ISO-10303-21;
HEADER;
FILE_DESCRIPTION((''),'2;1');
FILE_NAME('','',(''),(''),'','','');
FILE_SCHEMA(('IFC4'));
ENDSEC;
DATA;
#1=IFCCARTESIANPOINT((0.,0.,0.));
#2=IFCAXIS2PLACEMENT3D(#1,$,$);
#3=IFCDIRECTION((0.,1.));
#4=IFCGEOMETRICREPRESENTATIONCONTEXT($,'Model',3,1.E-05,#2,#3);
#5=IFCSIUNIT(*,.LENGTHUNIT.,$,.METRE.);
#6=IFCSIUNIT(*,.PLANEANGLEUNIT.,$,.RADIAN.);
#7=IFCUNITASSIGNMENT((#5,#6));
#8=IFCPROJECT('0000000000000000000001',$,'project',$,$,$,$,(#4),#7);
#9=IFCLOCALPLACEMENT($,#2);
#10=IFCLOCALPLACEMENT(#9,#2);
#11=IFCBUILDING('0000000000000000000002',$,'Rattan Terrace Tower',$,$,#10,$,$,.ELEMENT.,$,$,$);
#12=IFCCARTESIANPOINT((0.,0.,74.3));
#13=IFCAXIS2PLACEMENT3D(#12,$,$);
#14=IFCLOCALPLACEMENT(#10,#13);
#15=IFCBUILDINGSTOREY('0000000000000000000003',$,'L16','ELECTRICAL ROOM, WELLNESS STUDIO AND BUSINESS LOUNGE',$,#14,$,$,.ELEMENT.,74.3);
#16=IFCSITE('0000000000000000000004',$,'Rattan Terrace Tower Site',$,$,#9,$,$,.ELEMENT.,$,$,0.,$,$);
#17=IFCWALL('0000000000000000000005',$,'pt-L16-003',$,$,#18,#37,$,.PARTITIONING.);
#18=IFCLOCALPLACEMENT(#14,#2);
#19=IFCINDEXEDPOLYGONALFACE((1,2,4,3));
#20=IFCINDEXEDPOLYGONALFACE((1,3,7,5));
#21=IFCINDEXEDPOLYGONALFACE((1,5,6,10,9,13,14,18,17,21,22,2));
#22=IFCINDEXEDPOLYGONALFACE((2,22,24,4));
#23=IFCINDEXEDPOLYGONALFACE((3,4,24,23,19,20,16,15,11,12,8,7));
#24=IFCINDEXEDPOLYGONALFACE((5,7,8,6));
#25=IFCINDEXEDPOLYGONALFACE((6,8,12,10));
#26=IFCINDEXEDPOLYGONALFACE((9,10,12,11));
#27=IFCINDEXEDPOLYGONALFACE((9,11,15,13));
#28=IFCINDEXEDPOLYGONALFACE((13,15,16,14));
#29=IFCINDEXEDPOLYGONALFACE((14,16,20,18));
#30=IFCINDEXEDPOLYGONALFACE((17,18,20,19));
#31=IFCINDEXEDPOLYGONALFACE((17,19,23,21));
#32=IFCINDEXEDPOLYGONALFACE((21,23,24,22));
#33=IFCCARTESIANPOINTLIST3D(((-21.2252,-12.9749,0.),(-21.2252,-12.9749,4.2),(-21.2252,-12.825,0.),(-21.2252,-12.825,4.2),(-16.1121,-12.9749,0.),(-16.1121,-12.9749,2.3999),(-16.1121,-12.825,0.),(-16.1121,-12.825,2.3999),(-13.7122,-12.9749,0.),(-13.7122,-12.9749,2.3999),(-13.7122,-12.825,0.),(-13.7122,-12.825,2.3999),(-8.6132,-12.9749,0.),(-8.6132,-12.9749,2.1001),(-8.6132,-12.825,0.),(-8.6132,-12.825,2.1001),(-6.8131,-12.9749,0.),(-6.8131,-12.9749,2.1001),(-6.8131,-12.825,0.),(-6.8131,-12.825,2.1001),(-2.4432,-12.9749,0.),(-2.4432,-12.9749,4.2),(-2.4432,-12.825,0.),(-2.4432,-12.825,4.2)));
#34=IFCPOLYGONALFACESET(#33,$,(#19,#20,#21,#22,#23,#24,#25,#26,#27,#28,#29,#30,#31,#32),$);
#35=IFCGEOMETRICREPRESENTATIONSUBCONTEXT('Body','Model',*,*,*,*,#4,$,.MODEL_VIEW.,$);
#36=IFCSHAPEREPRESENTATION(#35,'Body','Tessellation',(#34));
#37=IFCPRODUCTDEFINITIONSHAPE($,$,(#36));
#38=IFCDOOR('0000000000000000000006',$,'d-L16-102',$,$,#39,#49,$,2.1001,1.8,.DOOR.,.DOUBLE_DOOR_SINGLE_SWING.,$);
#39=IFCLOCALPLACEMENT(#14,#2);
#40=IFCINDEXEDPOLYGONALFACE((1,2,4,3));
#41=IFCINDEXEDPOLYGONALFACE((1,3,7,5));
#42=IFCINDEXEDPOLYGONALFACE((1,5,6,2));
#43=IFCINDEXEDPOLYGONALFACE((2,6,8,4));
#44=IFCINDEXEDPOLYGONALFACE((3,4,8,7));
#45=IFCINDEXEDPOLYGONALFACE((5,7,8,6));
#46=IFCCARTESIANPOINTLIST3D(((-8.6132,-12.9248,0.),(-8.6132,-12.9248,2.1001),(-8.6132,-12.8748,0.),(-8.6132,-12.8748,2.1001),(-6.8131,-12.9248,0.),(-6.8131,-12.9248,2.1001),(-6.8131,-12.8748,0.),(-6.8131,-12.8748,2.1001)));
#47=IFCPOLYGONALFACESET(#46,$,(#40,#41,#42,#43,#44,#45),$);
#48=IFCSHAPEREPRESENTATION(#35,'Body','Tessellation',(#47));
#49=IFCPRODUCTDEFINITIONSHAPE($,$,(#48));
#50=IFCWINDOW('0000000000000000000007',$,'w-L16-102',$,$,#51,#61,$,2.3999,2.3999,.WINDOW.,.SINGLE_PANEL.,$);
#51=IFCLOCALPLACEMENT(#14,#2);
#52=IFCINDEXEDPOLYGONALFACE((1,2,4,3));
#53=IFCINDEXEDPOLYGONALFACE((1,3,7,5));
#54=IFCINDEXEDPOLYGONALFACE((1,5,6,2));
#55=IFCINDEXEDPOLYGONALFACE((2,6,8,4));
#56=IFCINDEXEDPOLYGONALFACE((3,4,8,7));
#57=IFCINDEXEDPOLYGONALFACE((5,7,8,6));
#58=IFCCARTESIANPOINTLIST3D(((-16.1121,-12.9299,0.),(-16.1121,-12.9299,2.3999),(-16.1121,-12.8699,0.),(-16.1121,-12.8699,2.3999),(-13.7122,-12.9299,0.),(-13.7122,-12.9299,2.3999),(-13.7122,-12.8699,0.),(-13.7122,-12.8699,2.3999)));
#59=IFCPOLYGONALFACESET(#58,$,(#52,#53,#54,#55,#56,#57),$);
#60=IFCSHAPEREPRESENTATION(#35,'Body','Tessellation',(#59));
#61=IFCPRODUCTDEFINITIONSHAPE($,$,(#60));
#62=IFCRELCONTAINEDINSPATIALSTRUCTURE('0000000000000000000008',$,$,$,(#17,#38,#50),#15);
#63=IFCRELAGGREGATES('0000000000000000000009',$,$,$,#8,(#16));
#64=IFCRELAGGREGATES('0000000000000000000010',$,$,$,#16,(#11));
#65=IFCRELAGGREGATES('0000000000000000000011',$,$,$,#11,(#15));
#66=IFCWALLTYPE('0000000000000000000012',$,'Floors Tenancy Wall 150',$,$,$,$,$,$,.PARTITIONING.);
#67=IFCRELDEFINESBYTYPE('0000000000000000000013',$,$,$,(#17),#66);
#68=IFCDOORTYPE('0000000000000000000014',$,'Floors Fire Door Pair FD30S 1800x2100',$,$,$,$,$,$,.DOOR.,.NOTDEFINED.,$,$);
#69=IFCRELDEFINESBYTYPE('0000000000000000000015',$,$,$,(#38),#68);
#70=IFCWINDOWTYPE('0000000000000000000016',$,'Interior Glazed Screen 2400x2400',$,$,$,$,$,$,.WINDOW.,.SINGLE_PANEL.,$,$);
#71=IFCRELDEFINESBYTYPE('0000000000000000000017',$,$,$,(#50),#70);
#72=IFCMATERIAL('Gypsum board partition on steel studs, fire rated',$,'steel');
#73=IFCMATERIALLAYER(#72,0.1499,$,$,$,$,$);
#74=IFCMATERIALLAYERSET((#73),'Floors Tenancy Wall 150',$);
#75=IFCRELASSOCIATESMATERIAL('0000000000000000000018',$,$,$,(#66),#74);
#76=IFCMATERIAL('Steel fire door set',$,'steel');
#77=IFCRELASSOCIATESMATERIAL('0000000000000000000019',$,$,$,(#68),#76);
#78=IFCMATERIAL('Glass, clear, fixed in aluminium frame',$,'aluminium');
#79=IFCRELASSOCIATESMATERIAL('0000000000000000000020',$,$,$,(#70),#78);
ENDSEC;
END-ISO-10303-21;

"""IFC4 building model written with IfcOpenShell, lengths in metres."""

from ifc_helpers import new_model, si_unit, direction, frame, frame_2d, origin, place, context, subcontext, project, spatial, rectangle, extrude, material, layer, layer_set, type_object, element, fill, save


model = new_model("IFC4")

# Units and contexts
model_context = context("Model", 3, precision=1e-05, world=origin(), true_north=direction((0.0, 1.0)))
body_context = subcontext(model_context, "Body", "Model", "MODEL_VIEW")
ifc_project = project(units=[si_unit("LENGTHUNIT", "METRE"), si_unit("PLANEANGLEUNIT", "RADIAN")], contexts=[model_context])

# Site, building, storey
site_placement = place(None, origin())
site = spatial("IfcSite", under=ifc_project, at=site_placement, Name="Rattan Terrace Tower Site", CompositionType="ELEMENT", RefElevation=0.0)
building_placement = place(site_placement, origin())
building = spatial("IfcBuilding", under=site, at=building_placement, Name="Rattan Terrace Tower", CompositionType="ELEMENT")
storey_placement = place(building_placement, frame((0.0, 0.0, 74.3)))
storey = spatial("IfcBuildingStorey", under=building, at=storey_placement, Name="L16", Description="ELECTRICAL ROOM, WELLNESS STUDIO AND BUSINESS LOUNGE", CompositionType="ELEMENT", Elevation=74.3)

# Wall, openings, door, window
ifc_material_1 = material(Name="Gypsum board partition on steel studs, fire rated", Category="steel")
ifc_layer_1 = layer(ifc_material_1, 0.1499)
ifc_layer_set_1 = layer_set([ifc_layer_1], Name="Floors Tenancy Wall 150")
wall_type_1 = type_object("IfcWallType", Name="Floors Tenancy Wall 150", PredefinedType="PARTITIONING", material=ifc_layer_set_1)
wall_1_placement = place(storey_placement, frame((-2.4431, -12.8999, 0.0), z_axis=(0.0, 0.0, 1.0), x_axis=(-1.0, 0.0, 0.0)))
wall_1 = element("IfcWall", 1, at=wall_1_placement, inside=storey, type_object=wall_type_1, Name="pt-L16-003", PredefinedType="PARTITIONING", context=body_context, shape_type="SweptSolid", body=[
    extrude(rectangle(XDim=18.782, YDim=0.1499, at=frame_2d((9.3911, 0.0))), origin(), (0.0, 0.0, 1.0), 4.2),
])
opening_1_placement = place(wall_1_placement, frame((4.3701, 0.0, 0.0)))
opening_1 = element("IfcOpeningElement", 2, at=opening_1_placement, cuts=wall_1, PredefinedType="OPENING", context=body_context, shape_type="SweptSolid", body=[
    extrude(rectangle(XDim=1.8, YDim=2.1001, at=frame_2d((0.8999, 1.05))), frame((0.0, 0.0854, 0.0), z_axis=(0.0, -1.0, 0.0), x_axis=(1.0, 0.0, 0.0)), (0.0, 0.0, 1.0), 0.1709),
])
opening_2_placement = place(wall_1_placement, frame((11.269, 0.0, 0.0)))
opening_2 = element("IfcOpeningElement", 3, at=opening_2_placement, cuts=wall_1, PredefinedType="OPENING", context=body_context, shape_type="SweptSolid", body=[
    extrude(rectangle(XDim=2.3999, YDim=2.3999, at=frame_2d((1.2, 1.2))), frame((0.0, 0.0854, 0.0), z_axis=(0.0, -1.0, 0.0), x_axis=(1.0, 0.0, 0.0)), (0.0, 0.0, 1.0), 0.1709),
])
ifc_material_2 = material(Name="Steel fire door set", Category="steel")
door_type_1 = type_object("IfcDoorType", Name="Floors Fire Door Pair FD30S 1800x2100", OperationType="NOTDEFINED", PredefinedType="DOOR", material=ifc_material_2)
door_1_placement = place(opening_1_placement, origin())
door_1 = element("IfcDoor", 4, at=door_1_placement, inside=storey, type_object=door_type_1, Name="d-L16-102", OperationType="DOUBLE_DOOR_SINGLE_SWING", OverallHeight=2.1001, OverallWidth=1.8, PredefinedType="DOOR", context=body_context, shape_type="SweptSolid", body=[
    extrude(rectangle(XDim=1.8, YDim=2.1001, at=frame_2d((0.8999, 1.05))), frame((0.0, 0.0249, 0.0), z_axis=(0.0, -1.0, 0.0), x_axis=(1.0, 0.0, 0.0)), (0.0, 0.0, 1.0), 0.05),
])
fill(opening_1, door_1)
ifc_material_3 = material(Name="Glass, clear, fixed in aluminium frame", Category="aluminium")
window_type = type_object("IfcWindowType", Name="Interior Glazed Screen 2400x2400", PartitioningType="SINGLE_PANEL", PredefinedType="WINDOW", material=ifc_material_3)
window_placement = place(opening_2_placement, origin())
window = element("IfcWindow", 5, at=window_placement, inside=storey, type_object=window_type, Name="w-L16-102", OverallHeight=2.3999, OverallWidth=2.3999, PartitioningType="SINGLE_PANEL", PredefinedType="WINDOW", context=body_context, shape_type="SweptSolid", body=[
    extrude(rectangle(XDim=2.3999, YDim=2.3999, at=frame_2d((1.2, 1.2))), frame((0.0, 0.03, 0.0), z_axis=(0.0, -1.0, 0.0), x_axis=(1.0, 0.0, 0.0)), (0.0, 0.0, 1.0), 0.0601),
])
fill(opening_2, window)

save(model, "model.ifc")
